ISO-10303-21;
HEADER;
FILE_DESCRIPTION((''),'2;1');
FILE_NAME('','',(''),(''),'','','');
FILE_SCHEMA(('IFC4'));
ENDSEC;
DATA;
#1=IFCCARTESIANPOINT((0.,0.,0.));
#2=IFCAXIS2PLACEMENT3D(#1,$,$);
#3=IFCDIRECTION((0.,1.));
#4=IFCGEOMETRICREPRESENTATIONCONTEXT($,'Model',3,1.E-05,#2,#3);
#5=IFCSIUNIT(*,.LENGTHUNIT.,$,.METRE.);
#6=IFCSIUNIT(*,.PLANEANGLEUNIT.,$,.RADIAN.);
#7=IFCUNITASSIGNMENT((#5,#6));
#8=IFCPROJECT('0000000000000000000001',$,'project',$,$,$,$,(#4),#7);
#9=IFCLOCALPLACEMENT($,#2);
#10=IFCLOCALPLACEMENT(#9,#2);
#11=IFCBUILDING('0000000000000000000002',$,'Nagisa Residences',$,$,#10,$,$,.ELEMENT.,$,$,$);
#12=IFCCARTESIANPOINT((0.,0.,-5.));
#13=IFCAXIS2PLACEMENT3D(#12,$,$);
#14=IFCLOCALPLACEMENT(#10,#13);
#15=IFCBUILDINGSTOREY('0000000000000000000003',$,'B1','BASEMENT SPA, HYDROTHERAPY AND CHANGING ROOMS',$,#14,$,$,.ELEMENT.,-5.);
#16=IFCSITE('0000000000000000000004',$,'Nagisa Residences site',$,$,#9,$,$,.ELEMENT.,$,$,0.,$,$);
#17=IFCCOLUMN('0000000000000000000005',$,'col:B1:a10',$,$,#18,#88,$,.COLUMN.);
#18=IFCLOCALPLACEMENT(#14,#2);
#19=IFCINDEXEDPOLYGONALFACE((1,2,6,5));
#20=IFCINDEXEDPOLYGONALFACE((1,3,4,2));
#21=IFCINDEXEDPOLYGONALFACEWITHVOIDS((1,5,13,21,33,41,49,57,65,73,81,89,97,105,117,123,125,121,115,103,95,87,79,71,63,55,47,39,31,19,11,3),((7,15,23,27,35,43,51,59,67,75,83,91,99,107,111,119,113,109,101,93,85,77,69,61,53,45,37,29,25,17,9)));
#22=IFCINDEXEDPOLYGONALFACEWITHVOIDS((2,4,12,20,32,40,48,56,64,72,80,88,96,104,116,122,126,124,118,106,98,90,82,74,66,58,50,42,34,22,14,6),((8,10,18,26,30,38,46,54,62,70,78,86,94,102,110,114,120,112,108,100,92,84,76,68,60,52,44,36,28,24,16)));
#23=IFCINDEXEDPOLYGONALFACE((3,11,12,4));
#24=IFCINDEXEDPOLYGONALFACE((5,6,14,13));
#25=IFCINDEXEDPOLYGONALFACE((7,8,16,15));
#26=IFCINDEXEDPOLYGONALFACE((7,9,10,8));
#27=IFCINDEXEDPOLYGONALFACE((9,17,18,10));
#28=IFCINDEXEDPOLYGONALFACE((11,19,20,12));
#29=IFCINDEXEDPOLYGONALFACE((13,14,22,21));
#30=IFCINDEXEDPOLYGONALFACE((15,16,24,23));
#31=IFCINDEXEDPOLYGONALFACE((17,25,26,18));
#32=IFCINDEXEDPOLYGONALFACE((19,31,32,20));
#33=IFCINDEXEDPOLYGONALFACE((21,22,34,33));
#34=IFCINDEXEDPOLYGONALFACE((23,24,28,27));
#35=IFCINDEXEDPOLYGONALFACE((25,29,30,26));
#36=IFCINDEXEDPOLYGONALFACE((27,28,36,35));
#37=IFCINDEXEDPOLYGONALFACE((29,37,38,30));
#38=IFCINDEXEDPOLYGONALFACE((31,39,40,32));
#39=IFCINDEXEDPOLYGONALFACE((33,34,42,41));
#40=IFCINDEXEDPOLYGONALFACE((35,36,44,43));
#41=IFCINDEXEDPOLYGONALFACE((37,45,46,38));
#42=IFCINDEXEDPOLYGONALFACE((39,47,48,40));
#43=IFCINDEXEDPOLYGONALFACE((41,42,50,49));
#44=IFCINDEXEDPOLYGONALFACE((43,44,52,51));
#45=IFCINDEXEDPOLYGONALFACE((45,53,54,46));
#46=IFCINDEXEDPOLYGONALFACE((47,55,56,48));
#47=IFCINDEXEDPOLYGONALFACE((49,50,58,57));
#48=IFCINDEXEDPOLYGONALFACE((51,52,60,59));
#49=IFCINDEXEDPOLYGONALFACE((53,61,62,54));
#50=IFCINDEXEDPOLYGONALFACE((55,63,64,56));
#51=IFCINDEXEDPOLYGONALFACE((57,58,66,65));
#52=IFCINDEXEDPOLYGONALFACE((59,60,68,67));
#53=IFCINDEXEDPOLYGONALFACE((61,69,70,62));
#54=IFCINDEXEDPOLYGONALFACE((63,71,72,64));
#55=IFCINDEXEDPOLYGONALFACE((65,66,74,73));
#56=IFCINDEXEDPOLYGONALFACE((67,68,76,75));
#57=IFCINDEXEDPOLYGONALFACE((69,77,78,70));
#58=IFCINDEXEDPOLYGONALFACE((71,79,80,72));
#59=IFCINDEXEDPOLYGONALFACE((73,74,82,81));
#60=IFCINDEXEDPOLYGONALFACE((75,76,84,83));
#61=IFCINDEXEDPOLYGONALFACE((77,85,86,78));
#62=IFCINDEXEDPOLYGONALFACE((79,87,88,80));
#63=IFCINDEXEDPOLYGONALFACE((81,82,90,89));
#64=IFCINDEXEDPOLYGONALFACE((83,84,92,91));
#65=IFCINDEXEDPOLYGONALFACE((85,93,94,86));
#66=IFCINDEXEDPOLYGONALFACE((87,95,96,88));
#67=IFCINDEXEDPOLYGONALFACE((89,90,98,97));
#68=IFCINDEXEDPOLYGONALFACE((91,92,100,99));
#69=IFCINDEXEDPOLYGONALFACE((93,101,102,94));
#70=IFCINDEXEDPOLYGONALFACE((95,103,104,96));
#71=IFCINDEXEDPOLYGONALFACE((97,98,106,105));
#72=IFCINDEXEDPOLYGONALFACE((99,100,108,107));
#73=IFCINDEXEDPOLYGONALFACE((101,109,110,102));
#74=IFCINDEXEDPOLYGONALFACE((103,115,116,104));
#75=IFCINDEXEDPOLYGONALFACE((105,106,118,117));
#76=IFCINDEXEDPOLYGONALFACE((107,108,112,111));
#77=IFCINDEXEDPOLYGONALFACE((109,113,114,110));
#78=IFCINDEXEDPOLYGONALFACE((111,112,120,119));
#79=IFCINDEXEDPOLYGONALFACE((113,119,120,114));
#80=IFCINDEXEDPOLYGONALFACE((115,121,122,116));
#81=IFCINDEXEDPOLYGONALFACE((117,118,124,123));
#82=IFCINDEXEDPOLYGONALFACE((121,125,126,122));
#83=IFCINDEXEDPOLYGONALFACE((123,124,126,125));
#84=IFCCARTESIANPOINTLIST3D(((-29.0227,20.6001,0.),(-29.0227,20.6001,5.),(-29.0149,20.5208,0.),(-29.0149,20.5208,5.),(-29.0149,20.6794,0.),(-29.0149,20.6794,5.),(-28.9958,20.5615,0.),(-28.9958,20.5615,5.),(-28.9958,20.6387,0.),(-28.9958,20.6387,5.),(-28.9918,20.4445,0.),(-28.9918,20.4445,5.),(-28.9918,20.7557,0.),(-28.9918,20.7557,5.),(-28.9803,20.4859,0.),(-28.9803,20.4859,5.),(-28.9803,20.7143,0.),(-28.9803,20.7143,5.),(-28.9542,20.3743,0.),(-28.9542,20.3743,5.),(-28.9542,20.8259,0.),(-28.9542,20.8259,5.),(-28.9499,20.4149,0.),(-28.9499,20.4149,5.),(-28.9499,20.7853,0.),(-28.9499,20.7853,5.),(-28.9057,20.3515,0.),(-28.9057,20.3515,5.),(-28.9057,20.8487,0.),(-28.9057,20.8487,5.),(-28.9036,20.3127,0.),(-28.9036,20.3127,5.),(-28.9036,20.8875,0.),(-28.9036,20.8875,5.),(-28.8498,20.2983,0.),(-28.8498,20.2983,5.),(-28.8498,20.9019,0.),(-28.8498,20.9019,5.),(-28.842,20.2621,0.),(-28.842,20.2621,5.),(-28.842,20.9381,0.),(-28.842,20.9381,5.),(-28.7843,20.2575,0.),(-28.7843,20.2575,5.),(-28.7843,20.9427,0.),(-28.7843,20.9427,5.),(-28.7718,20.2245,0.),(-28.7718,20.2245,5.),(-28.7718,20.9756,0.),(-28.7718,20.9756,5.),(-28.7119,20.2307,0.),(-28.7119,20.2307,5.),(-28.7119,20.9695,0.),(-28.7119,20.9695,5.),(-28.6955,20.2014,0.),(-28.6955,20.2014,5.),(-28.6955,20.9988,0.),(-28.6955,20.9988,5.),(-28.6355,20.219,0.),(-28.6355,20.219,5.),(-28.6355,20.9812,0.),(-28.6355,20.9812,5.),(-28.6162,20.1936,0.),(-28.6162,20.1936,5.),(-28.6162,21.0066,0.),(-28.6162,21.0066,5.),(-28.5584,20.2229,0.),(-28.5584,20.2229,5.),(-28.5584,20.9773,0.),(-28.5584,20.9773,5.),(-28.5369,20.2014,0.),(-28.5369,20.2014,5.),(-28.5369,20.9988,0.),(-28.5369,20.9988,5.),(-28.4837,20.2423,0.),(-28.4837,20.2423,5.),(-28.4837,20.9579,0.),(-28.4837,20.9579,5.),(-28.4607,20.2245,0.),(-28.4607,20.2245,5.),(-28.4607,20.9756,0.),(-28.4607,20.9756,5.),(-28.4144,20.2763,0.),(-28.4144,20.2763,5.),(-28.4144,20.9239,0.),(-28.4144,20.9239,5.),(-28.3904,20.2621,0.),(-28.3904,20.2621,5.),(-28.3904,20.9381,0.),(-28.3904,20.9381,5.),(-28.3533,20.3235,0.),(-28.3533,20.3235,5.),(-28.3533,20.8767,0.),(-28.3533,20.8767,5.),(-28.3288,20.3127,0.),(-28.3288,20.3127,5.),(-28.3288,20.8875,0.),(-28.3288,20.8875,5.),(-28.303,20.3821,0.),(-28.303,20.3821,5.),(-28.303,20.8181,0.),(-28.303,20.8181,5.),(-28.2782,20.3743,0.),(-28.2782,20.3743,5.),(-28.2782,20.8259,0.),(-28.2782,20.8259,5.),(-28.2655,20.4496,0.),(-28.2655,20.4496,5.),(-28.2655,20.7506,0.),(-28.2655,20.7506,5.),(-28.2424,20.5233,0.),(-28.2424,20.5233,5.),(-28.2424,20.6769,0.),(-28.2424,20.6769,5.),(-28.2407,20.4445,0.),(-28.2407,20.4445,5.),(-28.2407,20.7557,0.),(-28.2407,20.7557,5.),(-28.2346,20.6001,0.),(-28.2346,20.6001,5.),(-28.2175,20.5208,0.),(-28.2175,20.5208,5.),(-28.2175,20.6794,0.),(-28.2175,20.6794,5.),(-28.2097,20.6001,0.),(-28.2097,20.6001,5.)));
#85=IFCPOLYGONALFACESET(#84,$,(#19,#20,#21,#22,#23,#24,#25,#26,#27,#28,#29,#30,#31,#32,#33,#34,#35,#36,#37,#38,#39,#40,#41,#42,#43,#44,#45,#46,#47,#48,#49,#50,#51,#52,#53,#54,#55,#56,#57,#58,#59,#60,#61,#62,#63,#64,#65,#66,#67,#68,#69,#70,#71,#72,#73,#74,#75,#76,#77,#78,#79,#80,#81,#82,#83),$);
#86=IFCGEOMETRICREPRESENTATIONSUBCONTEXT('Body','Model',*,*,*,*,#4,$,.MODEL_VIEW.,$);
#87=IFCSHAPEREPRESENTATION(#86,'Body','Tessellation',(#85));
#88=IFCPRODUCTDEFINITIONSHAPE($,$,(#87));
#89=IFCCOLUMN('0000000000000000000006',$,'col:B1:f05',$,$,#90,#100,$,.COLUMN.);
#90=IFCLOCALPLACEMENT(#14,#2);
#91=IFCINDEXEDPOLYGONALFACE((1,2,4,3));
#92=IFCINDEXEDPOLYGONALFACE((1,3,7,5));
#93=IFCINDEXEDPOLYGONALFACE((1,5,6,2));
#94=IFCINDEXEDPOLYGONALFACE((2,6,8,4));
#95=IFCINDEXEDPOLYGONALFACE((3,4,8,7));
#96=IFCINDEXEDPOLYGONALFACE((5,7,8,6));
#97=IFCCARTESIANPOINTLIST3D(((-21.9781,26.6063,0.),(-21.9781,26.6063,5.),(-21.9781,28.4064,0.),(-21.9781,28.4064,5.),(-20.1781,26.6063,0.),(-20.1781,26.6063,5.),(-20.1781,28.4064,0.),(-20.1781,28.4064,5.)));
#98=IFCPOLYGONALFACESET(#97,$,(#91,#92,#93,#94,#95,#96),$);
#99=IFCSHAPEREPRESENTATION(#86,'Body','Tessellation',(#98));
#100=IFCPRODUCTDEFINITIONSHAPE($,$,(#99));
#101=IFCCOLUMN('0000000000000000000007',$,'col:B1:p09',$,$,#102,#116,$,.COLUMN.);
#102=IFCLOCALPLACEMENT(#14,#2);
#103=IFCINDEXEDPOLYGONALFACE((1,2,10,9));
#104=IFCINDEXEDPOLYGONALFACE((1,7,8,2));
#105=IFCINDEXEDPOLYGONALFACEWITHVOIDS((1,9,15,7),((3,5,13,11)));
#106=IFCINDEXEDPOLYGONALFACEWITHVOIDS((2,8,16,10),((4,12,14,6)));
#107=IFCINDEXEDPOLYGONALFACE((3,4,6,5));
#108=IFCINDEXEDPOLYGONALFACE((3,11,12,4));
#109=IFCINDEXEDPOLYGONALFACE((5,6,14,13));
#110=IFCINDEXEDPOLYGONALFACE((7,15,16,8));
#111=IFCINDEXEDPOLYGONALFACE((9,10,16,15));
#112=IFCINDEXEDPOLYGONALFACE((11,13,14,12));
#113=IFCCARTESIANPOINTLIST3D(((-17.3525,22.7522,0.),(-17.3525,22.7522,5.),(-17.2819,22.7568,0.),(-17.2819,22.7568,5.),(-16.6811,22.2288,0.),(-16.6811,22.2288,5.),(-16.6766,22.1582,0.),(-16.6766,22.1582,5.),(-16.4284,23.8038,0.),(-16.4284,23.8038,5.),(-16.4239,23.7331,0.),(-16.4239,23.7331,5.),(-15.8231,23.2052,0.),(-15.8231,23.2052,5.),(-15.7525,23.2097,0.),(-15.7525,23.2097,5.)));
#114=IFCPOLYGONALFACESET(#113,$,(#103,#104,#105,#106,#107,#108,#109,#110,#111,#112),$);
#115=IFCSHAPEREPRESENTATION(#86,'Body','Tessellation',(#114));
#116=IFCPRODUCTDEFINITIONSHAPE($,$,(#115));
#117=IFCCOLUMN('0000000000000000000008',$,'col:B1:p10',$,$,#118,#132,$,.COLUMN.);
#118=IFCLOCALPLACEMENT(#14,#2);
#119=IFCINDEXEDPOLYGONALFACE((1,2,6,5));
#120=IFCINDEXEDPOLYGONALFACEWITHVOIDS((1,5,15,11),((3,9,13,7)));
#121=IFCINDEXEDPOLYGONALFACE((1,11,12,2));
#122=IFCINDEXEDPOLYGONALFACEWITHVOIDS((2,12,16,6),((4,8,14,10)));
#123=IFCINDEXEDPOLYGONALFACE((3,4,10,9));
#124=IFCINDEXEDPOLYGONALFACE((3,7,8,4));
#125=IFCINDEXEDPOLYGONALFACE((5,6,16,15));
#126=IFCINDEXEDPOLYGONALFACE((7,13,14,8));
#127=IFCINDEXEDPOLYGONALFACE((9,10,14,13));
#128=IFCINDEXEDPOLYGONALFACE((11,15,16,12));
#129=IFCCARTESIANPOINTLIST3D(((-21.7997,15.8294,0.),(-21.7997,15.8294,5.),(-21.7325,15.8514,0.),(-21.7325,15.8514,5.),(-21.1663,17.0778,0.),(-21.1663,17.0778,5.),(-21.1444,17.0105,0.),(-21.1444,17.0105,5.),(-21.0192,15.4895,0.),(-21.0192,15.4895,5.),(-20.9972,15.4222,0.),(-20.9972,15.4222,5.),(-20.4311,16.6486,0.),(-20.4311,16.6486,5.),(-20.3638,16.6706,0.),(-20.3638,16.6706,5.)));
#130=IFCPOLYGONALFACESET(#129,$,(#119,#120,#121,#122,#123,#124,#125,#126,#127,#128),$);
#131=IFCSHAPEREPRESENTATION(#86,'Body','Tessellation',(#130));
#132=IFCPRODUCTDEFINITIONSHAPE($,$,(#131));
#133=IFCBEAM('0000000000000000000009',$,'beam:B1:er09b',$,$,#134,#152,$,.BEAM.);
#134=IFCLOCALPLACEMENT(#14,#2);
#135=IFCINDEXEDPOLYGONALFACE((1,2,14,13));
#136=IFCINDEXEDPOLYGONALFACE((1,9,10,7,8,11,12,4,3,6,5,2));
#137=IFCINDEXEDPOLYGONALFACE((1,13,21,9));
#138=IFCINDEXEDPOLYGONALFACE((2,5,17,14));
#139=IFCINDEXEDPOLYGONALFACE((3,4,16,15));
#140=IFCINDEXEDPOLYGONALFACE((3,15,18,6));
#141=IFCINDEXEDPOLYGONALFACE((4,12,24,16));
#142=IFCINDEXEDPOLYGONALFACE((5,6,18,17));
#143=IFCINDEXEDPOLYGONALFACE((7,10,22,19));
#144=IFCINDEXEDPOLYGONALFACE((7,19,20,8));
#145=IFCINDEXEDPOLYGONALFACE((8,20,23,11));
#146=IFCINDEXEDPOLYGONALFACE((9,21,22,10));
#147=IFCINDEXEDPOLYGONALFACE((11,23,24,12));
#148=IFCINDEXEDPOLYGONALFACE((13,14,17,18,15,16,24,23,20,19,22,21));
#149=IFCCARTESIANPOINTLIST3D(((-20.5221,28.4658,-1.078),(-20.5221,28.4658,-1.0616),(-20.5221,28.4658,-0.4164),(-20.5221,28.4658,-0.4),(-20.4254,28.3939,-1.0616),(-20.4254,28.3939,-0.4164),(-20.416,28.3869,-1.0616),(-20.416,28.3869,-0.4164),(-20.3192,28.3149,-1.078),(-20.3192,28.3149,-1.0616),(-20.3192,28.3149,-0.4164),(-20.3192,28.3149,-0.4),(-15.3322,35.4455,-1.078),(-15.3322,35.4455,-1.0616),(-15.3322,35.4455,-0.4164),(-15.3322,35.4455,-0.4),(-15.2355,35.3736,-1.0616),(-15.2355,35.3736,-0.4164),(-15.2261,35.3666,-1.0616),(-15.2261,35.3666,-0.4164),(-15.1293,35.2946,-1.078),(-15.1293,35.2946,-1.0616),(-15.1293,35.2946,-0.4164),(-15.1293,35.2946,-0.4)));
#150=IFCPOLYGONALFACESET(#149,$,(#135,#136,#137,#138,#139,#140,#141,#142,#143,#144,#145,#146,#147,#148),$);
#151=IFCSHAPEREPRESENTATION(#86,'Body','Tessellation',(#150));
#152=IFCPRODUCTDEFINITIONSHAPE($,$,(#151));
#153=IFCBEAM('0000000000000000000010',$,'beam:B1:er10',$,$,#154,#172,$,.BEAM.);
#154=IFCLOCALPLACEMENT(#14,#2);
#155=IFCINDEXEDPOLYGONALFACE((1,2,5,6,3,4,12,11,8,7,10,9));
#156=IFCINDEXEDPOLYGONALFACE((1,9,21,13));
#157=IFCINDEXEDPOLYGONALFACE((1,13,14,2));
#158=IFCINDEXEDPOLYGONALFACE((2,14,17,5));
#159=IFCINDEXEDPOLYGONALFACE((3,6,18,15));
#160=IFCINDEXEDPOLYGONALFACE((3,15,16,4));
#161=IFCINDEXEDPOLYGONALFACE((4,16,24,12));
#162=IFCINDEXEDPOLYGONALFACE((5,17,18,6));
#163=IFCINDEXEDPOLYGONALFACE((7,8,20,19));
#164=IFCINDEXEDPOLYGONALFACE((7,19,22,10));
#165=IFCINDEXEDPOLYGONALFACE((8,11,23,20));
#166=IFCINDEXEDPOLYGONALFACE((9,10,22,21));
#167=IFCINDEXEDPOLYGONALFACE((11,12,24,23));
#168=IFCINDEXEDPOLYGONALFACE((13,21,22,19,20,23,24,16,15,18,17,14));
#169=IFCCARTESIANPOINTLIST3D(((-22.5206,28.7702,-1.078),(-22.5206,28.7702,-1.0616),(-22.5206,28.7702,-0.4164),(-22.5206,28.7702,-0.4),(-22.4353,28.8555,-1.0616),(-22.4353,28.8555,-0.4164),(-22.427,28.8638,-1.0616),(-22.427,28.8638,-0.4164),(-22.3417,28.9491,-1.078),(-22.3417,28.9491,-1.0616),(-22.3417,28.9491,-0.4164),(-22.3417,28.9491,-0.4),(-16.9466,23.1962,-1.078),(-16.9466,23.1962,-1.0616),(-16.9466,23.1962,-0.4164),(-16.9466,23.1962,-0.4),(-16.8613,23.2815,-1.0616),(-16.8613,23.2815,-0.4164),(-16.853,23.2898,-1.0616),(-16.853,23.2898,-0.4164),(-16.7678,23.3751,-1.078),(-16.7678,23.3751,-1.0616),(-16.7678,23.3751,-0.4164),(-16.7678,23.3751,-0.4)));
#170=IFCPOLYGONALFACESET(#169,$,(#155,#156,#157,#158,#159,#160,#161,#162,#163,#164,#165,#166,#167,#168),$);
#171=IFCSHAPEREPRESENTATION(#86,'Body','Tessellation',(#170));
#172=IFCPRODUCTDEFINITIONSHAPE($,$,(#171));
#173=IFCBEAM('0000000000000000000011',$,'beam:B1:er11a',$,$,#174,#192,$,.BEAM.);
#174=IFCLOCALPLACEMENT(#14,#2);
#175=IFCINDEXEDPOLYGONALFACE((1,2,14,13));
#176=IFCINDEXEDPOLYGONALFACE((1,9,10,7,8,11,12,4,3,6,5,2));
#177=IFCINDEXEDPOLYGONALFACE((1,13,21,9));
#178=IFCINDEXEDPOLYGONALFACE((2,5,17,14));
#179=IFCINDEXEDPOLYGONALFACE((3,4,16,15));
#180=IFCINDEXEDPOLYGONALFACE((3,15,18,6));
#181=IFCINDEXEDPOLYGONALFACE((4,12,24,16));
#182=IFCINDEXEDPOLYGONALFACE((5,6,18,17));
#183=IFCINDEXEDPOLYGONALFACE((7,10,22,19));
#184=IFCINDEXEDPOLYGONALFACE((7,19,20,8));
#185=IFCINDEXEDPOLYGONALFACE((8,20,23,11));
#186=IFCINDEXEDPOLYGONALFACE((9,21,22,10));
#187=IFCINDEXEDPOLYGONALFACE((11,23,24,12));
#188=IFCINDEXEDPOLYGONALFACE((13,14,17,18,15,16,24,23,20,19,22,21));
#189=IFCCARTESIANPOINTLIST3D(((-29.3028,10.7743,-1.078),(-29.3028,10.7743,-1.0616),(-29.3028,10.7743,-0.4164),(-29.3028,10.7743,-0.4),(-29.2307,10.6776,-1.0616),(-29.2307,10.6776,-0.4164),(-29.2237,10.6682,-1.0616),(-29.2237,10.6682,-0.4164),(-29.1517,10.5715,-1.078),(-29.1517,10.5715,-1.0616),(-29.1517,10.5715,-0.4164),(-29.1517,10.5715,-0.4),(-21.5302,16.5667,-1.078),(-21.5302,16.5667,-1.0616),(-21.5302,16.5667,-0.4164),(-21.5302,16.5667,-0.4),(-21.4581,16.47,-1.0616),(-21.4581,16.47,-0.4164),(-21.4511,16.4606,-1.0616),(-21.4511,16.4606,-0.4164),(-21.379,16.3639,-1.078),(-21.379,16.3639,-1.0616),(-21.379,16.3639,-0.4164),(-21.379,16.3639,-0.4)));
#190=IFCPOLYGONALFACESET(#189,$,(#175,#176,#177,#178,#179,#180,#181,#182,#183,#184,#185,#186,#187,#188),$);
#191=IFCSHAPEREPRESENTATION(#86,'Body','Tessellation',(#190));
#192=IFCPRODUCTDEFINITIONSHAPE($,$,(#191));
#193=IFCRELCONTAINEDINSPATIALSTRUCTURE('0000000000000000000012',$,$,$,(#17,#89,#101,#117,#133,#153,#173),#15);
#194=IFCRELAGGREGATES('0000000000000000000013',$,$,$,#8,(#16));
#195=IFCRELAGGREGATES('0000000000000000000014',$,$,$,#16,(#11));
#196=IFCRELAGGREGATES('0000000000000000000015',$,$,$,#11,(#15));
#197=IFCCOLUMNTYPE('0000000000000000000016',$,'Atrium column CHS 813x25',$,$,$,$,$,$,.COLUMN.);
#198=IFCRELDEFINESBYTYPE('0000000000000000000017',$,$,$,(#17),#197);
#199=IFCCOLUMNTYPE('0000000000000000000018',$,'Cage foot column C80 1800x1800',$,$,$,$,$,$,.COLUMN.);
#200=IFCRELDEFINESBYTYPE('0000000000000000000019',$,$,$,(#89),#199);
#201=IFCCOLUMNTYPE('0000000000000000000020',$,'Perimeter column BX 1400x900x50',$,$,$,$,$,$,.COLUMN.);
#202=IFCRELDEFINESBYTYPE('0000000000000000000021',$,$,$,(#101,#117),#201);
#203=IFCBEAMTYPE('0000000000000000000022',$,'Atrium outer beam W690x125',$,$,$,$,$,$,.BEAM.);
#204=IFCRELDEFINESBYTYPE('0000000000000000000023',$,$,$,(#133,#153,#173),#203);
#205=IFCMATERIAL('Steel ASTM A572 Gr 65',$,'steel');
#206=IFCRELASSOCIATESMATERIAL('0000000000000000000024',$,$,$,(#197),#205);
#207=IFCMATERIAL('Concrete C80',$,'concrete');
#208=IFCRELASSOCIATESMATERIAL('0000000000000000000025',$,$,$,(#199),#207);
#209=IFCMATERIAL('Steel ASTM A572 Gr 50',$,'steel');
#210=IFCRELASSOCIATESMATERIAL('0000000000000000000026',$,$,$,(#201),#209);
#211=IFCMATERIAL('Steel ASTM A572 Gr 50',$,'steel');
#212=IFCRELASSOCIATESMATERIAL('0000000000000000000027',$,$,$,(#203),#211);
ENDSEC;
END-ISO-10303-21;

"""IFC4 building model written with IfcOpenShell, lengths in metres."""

from ifc_helpers import new_model, si_unit, direction, frame, origin, origin_2d, place, context, subcontext, project, spatial, rectangle, hollow_rectangle, hollow_circle, i_section, extrude, material, material_profile, profile_set, type_object, element, save


model = new_model("IFC4")

# Units and contexts
model_context = context("Model", 3, precision=1e-05, world=origin(), true_north=direction((0.0, 1.0)))
body_context = subcontext(model_context, "Body", "Model", "MODEL_VIEW")
ifc_project = project(units=[si_unit("LENGTHUNIT", "METRE"), si_unit("PLANEANGLEUNIT", "RADIAN")], contexts=[model_context])

# Site, building, storey
site_placement = place(None, origin())
site = spatial("IfcSite", under=ifc_project, at=site_placement, Name="Nagisa Residences site", CompositionType="ELEMENT", RefElevation=0.0)
building_placement = place(site_placement, origin())
building = spatial("IfcBuilding", under=site, at=building_placement, Name="Nagisa Residences", CompositionType="ELEMENT")
storey_placement = place(building_placement, frame((0.0, 0.0, -5.0)))
storey = spatial("IfcBuildingStorey", under=building, at=storey_placement, Name="B1", Description="BASEMENT SPA, HYDROTHERAPY AND CHANGING ROOMS", CompositionType="ELEMENT", Elevation=-5.0)

# Columns
ifc_material_1 = material(Name="Steel ASTM A572 Gr 65", Category="steel")
ifc_material_profile_1 = material_profile(ifc_material_1, hollow_circle(Radius=0.4065, WallThickness=0.0249, at=origin_2d()), Name="CHS 813x25")
ifc_profile_set_1 = profile_set([ifc_material_profile_1], Name="Steel ASTM A572 Gr 65")
column_type_1 = type_object("IfcColumnType", Name="Atrium column CHS 813x25", PredefinedType="COLUMN", material=ifc_profile_set_1)
for number, where, z_axis, x_axis, name in (
    (1, (-28.6162, 20.6001, 0.0), (0.0, 0.0, 1.0), (1.0, 0.0, 0.0), "col:B1:a10"),
):
    element("IfcColumn", number, at=place(storey_placement, frame(where, z_axis=z_axis, x_axis=x_axis)), inside=storey, type_object=column_type_1, Name=name, PredefinedType="COLUMN", context=body_context, shape_type="SweptSolid", body=[
        extrude(hollow_circle(Radius=0.4065, WallThickness=0.0249, at=origin_2d()), origin(), (0.0, 0.0, 1.0), 5.0),
    ])
ifc_material_2 = material(Name="Concrete C80", Category="concrete")
ifc_material_profile_2 = material_profile(ifc_material_2, rectangle(XDim=1.8, YDim=1.8, at=origin_2d()), Name="C80 1800x1800")
ifc_profile_set_2 = profile_set([ifc_material_profile_2], Name="Concrete C80")
column_type_2 = type_object("IfcColumnType", Name="Cage foot column C80 1800x1800", PredefinedType="COLUMN", material=ifc_profile_set_2)
column_placement = place(storey_placement, frame((-21.0781, 27.5063, 0.0), z_axis=(0.0, 0.0, 1.0), x_axis=(1.0, 0.0, 0.0)))
element("IfcColumn", 2, at=column_placement, inside=storey, type_object=column_type_2, Name="col:B1:f05", PredefinedType="COLUMN", context=body_context, shape_type="SweptSolid", body=[
    extrude(rectangle(XDim=1.8, YDim=1.8, at=origin_2d()), origin(), (0.0, 0.0, 1.0), 5.0),
])
ifc_material_3 = material(Name="Steel ASTM A572 Gr 50", Category="steel")
ifc_material_profile_3 = material_profile(ifc_material_3, hollow_rectangle(XDim=1.3999, YDim=0.8999, WallThickness=0.05, at=origin_2d()), Name="BX 1400x900x50")
ifc_profile_set_3 = profile_set([ifc_material_profile_3], Name="Steel ASTM A572 Gr 50")
column_type_3 = type_object("IfcColumnType", Name="Perimeter column BX 1400x900x50", PredefinedType="COLUMN", material=ifc_profile_set_3)
for number, where, z_axis, x_axis, name in (
    (3, (-16.5525, 22.981, 0.0), (0.0, 0.0, 1.0), (-0.660115, -0.751165, 0.0), "col:B1:p09"),
    (4, (-21.0818, 16.25, 0.0), (0.0, 0.0, 1.0), (-0.452463, -0.891783, 0.0), "col:B1:p10"),
):
    element("IfcColumn", number, at=place(storey_placement, frame(where, z_axis=z_axis, x_axis=x_axis)), inside=storey, type_object=column_type_3, Name=name, PredefinedType="COLUMN", context=body_context, shape_type="SweptSolid", body=[
        extrude(hollow_rectangle(XDim=1.3999, YDim=0.8999, WallThickness=0.05, at=origin_2d()), origin(), (0.0, 0.0, 1.0), 5.0),
    ])

# Beams
ifc_material_4 = material(Name="Steel ASTM A572 Gr 50", Category="steel")
ifc_material_profile_4 = material_profile(ifc_material_4, i_section(OverallWidth=0.2529, OverallDepth=0.678, WebThickness=0.0117, FlangeThickness=0.0164, at=origin_2d()), Name="W690x125")
ifc_profile_set_4 = profile_set([ifc_material_profile_4], Name="Steel ASTM A572 Gr 50")
beam_type_1 = type_object("IfcBeamType", Name="Atrium outer beam W690x125", PredefinedType="BEAM", material=ifc_profile_set_4)
beam_1_placement = place(storey_placement, frame((-20.4207, 28.3904, -0.739), z_axis=(0.596694, 0.802469, 0.0), x_axis=(-0.802469, 0.596694, 0.0)))
element("IfcBeam", 5, at=beam_1_placement, inside=storey, type_object=beam_type_1, Name="beam:B1:er09b", PredefinedType="BEAM", context=body_context, shape_type="SweptSolid", body=[
    extrude(i_section(OverallWidth=0.2529, OverallDepth=0.678, WebThickness=0.0117, FlangeThickness=0.0164, at=origin_2d()), origin(), (0.0, 0.0, 1.0), 8.6978),
])
beam_2_placement = place(storey_placement, frame((-16.8572, 23.2856, -0.739), z_axis=(-0.707107, 0.707107, 0.0), x_axis=(-0.707107, -0.707107, 0.0)))
element("IfcBeam", 6, at=beam_2_placement, inside=storey, type_object=beam_type_1, Name="beam:B1:er10", PredefinedType="BEAM", context=body_context, shape_type="SweptSolid", body=[
    extrude(i_section(OverallWidth=0.2529, OverallDepth=0.678, WebThickness=0.0117, FlangeThickness=0.0164, at=origin_2d()), origin(), (0.0, 0.0, 1.0), 7.8828),
])
beam_3_placement = place(storey_placement, frame((-21.4546, 16.4653, -0.739), z_axis=(-0.801831, -0.597551, 0.0), x_axis=(0.597551, -0.801831, 0.0)))
element("IfcBeam", 7, at=beam_3_placement, inside=storey, type_object=beam_type_1, Name="beam:B1:er11a", PredefinedType="BEAM", context=body_context, shape_type="SweptSolid", body=[
    extrude(i_section(OverallWidth=0.2529, OverallDepth=0.678, WebThickness=0.0117, FlangeThickness=0.0164, at=origin_2d()), origin(), (0.0, 0.0, 1.0), 9.6936),
])

save(model, "model.ifc")
